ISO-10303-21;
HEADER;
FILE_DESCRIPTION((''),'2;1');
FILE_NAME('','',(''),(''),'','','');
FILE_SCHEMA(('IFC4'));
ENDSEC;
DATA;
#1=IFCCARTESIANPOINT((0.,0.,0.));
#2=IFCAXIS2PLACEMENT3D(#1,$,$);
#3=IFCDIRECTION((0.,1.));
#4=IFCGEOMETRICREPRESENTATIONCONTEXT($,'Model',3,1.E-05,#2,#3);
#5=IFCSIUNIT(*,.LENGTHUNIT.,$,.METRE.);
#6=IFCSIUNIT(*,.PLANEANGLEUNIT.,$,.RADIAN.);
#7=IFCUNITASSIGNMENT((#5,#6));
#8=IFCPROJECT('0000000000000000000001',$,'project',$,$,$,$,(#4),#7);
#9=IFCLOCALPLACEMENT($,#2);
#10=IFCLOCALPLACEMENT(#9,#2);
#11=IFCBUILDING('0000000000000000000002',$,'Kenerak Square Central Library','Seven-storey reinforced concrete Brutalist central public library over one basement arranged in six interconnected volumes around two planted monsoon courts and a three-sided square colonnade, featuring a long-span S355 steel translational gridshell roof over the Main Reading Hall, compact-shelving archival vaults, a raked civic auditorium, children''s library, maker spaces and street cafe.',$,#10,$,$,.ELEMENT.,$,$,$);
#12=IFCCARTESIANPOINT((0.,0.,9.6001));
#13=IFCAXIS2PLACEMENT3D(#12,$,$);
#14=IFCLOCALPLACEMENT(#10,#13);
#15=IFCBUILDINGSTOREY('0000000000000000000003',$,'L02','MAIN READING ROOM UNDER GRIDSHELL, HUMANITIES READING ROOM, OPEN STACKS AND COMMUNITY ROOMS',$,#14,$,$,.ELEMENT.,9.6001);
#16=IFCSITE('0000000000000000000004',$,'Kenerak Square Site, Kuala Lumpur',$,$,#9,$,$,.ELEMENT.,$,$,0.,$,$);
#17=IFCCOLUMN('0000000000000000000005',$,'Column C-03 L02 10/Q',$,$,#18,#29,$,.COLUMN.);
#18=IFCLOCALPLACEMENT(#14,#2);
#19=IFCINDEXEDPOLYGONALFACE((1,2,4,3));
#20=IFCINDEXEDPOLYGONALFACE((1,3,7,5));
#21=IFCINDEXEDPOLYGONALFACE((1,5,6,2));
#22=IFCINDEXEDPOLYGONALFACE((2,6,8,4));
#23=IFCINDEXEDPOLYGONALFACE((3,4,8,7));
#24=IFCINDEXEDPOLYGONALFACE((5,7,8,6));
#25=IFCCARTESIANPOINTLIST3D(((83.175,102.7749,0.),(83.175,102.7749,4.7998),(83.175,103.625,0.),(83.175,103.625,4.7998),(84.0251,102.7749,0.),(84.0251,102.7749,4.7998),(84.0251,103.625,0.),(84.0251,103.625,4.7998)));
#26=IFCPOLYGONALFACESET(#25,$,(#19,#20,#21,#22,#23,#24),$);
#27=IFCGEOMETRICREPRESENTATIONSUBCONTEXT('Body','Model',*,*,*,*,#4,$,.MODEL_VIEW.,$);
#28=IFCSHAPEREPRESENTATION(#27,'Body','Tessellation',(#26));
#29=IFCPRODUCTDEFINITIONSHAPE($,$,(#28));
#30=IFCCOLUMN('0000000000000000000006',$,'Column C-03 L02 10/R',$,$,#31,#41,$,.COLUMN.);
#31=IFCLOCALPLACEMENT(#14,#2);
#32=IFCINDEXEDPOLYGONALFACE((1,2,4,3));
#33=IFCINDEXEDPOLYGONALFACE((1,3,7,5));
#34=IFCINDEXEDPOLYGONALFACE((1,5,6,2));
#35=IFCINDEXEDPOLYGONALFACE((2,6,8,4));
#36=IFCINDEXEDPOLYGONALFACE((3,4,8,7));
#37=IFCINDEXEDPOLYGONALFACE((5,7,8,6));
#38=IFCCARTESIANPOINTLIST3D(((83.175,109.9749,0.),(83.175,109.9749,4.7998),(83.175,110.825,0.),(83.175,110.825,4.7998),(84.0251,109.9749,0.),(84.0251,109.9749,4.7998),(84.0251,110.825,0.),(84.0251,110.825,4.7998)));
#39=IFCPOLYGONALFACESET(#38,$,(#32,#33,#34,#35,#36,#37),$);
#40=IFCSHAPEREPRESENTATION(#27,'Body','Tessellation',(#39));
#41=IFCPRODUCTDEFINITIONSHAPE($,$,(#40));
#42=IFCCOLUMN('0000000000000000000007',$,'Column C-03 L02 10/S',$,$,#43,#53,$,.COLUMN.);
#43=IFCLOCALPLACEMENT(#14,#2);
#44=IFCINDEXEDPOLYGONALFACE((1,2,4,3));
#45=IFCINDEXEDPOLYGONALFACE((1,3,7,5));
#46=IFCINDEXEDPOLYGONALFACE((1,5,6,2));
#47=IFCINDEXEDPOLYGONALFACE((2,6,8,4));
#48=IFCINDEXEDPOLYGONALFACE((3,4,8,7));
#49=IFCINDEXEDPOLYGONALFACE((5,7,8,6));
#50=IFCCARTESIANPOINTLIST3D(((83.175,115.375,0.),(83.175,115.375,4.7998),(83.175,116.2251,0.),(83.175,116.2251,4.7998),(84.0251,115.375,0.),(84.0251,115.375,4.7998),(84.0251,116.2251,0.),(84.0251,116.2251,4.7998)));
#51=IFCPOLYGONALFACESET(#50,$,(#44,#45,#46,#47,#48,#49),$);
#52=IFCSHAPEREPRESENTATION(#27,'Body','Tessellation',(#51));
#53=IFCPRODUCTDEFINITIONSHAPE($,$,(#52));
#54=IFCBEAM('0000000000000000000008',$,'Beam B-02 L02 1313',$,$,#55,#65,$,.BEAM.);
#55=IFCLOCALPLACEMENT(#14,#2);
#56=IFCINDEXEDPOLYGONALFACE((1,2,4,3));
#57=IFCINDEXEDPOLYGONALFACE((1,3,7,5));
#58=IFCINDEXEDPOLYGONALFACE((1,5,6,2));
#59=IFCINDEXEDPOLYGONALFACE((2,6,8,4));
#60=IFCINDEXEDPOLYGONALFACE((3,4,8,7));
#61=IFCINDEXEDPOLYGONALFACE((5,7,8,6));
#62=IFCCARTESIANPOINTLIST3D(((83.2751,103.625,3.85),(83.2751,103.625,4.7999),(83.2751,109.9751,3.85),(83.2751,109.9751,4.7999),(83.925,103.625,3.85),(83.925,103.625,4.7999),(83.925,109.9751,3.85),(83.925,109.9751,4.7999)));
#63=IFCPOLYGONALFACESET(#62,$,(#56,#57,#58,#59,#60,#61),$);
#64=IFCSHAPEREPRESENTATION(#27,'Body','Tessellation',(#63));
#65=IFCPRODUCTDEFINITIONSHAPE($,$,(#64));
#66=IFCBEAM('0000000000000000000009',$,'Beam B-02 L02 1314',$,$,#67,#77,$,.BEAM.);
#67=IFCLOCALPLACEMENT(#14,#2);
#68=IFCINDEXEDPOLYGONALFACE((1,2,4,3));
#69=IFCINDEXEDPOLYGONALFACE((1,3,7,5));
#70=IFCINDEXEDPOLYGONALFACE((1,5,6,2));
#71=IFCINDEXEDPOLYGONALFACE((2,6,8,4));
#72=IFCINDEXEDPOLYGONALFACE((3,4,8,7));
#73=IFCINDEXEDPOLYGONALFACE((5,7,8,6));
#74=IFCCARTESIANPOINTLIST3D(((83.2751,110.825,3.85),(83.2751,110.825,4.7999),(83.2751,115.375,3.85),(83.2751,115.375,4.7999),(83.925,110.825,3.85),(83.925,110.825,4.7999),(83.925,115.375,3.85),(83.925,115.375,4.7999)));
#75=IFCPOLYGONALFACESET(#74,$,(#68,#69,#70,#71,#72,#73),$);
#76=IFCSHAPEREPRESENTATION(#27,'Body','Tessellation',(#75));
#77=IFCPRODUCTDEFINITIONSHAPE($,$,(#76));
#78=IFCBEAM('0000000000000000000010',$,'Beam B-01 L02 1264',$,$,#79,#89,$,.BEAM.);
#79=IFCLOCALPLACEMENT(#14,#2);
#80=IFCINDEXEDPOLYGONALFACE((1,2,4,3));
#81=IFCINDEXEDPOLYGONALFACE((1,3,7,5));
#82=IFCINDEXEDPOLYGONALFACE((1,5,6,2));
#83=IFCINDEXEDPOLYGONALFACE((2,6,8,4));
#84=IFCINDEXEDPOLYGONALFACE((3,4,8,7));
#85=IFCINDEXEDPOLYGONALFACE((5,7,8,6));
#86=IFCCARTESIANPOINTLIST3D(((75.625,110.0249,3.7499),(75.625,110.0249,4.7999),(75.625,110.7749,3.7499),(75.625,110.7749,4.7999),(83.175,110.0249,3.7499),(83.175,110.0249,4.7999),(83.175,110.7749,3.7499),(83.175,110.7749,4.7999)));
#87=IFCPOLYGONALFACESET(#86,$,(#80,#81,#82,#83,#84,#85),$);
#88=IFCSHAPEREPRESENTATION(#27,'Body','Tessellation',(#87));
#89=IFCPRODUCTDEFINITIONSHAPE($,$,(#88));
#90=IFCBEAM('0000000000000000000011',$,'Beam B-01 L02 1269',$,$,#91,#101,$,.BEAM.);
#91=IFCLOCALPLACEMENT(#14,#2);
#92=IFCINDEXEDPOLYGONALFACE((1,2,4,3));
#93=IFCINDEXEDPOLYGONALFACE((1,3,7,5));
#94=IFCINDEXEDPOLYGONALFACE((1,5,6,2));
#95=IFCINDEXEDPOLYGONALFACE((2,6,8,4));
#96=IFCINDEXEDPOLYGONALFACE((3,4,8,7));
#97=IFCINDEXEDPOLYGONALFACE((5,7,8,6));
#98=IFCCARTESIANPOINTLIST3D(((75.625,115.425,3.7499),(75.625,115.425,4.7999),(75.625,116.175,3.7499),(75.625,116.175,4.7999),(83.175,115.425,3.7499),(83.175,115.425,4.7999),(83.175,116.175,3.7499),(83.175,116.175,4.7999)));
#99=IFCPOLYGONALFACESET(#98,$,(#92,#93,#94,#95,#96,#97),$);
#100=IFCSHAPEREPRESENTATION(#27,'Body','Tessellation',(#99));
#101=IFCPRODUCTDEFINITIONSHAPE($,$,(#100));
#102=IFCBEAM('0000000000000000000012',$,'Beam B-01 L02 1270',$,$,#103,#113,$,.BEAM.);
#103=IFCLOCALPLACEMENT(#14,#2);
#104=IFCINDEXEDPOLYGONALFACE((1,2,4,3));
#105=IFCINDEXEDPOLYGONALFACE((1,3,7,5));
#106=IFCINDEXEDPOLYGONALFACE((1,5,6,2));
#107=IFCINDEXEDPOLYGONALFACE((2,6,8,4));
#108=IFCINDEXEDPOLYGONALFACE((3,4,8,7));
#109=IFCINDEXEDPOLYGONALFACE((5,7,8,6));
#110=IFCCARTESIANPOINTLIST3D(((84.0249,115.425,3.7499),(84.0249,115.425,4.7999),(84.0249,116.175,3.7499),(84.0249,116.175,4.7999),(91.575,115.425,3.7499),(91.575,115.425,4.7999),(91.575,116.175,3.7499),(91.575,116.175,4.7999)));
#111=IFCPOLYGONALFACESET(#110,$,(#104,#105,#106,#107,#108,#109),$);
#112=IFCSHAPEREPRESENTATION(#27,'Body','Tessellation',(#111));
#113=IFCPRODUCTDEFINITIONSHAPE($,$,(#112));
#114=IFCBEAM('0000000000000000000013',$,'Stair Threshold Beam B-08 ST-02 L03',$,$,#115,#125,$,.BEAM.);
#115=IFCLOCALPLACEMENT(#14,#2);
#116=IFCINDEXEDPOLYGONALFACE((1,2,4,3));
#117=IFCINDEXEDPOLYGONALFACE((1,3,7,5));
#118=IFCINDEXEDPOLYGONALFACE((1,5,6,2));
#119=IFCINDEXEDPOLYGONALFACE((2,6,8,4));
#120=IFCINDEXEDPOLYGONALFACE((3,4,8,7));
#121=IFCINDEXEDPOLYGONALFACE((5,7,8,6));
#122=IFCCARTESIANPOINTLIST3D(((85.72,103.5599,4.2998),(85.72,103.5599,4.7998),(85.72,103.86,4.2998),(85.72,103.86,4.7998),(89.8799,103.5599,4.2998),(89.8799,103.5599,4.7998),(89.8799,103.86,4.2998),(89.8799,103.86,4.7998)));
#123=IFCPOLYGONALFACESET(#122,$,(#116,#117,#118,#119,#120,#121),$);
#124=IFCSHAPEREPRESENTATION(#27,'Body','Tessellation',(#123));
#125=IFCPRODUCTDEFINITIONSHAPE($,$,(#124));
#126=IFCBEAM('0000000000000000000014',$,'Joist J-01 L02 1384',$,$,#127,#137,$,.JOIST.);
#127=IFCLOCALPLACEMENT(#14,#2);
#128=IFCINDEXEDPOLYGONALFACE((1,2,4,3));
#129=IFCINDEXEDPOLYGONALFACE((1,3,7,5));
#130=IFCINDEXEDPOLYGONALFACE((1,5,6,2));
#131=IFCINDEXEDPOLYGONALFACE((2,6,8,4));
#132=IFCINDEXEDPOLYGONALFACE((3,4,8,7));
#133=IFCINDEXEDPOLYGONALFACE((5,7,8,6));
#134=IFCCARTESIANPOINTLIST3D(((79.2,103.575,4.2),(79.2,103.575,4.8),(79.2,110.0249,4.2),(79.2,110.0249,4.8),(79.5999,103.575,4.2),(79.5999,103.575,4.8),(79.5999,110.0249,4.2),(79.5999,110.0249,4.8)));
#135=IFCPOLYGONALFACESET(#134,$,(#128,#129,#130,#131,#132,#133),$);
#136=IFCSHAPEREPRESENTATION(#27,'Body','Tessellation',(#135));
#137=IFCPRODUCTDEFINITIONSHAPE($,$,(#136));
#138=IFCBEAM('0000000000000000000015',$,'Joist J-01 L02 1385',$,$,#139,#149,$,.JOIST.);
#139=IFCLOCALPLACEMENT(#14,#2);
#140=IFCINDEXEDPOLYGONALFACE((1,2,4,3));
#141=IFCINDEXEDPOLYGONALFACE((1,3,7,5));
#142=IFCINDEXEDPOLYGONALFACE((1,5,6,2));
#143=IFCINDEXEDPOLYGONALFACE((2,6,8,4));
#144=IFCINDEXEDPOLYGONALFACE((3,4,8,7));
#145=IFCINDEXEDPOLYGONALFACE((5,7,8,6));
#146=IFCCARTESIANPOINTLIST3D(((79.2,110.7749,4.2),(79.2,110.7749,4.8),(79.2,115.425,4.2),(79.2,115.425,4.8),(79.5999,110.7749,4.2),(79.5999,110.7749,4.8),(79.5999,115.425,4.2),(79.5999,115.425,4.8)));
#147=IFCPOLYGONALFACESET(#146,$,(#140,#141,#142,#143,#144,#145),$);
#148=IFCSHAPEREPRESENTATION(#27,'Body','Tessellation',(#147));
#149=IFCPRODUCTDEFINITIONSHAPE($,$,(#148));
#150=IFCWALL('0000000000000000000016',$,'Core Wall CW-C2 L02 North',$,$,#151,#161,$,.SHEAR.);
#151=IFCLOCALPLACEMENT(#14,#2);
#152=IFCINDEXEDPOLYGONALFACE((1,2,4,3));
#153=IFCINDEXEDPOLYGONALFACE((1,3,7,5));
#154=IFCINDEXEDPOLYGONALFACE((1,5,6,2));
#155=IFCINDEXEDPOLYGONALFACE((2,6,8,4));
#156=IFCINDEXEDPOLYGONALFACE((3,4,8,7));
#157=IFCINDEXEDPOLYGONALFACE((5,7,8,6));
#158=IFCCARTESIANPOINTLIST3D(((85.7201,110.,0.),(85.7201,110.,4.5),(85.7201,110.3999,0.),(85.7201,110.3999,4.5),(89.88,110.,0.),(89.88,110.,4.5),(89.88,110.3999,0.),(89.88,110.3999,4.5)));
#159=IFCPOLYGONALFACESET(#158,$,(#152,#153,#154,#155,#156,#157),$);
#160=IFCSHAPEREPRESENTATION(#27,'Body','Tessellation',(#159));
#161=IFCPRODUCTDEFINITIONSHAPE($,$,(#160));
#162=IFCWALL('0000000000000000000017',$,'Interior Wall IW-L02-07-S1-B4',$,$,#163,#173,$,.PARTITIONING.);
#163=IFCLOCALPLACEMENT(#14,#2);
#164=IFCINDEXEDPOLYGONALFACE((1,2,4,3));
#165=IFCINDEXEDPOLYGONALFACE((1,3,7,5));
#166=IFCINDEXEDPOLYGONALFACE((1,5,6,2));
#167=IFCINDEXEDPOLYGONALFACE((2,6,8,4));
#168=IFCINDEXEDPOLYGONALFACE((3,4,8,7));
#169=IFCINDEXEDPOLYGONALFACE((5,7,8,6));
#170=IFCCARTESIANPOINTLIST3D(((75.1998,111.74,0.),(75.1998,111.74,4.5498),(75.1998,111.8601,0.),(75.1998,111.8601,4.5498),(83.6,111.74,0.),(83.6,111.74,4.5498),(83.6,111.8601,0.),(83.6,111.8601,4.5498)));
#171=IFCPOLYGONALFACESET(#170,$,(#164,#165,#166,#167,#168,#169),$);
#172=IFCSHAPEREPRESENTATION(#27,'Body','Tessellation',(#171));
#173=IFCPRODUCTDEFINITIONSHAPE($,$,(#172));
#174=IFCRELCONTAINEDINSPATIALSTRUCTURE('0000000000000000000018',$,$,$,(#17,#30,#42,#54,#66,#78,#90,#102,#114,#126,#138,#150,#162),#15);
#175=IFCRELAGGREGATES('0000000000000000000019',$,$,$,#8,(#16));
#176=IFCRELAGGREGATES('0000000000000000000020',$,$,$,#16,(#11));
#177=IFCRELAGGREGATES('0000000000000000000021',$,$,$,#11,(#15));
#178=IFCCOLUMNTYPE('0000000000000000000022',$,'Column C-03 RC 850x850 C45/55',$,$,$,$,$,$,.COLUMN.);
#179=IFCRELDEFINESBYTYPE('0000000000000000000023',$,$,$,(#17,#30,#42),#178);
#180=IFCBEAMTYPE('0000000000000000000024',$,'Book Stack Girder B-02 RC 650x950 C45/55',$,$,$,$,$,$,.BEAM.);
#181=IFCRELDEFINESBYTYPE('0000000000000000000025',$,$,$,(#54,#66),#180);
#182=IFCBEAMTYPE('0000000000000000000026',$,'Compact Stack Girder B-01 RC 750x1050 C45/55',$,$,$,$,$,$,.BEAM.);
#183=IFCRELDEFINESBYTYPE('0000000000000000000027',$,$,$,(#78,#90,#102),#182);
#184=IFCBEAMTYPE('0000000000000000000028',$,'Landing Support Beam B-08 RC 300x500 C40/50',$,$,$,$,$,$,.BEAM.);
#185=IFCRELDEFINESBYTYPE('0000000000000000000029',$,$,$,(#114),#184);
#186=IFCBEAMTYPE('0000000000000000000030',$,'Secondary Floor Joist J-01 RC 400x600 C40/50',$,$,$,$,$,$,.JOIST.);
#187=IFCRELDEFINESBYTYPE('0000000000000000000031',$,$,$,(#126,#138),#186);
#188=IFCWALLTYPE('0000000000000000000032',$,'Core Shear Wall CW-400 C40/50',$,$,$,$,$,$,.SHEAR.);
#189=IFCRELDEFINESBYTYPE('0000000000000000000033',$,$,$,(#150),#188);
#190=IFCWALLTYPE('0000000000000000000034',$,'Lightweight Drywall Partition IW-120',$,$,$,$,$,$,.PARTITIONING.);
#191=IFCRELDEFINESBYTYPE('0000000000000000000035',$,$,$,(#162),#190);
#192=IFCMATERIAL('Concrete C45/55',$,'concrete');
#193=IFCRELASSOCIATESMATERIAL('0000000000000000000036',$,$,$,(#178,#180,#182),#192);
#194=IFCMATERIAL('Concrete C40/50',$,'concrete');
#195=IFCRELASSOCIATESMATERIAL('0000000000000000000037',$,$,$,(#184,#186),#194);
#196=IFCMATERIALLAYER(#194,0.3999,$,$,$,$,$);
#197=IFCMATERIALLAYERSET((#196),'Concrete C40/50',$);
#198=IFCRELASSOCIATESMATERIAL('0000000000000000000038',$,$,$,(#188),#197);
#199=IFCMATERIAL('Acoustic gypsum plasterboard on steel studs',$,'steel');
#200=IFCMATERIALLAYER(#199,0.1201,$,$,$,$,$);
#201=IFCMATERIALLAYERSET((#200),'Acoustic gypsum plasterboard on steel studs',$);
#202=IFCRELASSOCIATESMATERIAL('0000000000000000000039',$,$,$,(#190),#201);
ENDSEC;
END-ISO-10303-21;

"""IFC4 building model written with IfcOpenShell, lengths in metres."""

from ifc_helpers import new_model, si_unit, direction, frame, frame_2d, origin, origin_2d, place, context, subcontext, project, spatial, rectangle, extrude, material, layer, layer_set, material_profile, profile_set, type_object, element, save


model = new_model("IFC4")

# Units and contexts
model_context = context("Model", 3, precision=1e-05, world=origin(), true_north=direction((0.0, 1.0)))
body_context = subcontext(model_context, "Body", "Model", "MODEL_VIEW")
ifc_project = project(units=[si_unit("LENGTHUNIT", "METRE"), si_unit("PLANEANGLEUNIT", "RADIAN")], contexts=[model_context])

# Site, building, storey
site_placement = place(None, origin())
site = spatial("IfcSite", under=ifc_project, at=site_placement, Name="Kenerak Square Site, Kuala Lumpur", CompositionType="ELEMENT", RefElevation=0.0)
building_placement = place(site_placement, origin())
building = spatial("IfcBuilding", under=site, at=building_placement, Name="Kenerak Square Central Library", Description="Seven-storey reinforced concrete Brutalist central public library over one basement arranged in six interconnected volumes around two planted monsoon courts and a three-sided square colonnade, featuring a long-span S355 steel translational gridshell roof over the Main Reading Hall, compact-shelving archival vaults, a raked civic auditorium, children's library, maker spaces and street cafe.", CompositionType="ELEMENT")
storey_placement = place(building_placement, frame((0.0, 0.0, 9.6001)))
storey = spatial("IfcBuildingStorey", under=building, at=storey_placement, Name="L02", Description="MAIN READING ROOM UNDER GRIDSHELL, HUMANITIES READING ROOM, OPEN STACKS AND COMMUNITY ROOMS", CompositionType="ELEMENT", Elevation=9.6001)

# Columns
ifc_material_1 = material(Name="Concrete C45/55", Category="concrete")
ifc_material_profile_1 = material_profile(ifc_material_1, rectangle(XDim=0.8501, YDim=0.8501, at=origin_2d()), Name="RC 850x850")
ifc_profile_set_1 = profile_set([ifc_material_profile_1], Name="Concrete C45/55")
column_type = type_object("IfcColumnType", Name="Column C-03 RC 850x850 C45/55", PredefinedType="COLUMN", material=ifc_profile_set_1)
for number, where, z_axis, x_axis, name in (
    (1, (83.6001, 103.2, 0.0), (0.0, 0.0, 1.0), (1.0, 0.0, 0.0), "Column C-03 L02 10/Q"),
    (2, (83.6001, 110.3999, 0.0), (0.0, 0.0, 1.0), (1.0, 0.0, 0.0), "Column C-03 L02 10/R"),
    (3, (83.6001, 115.8, 0.0), (0.0, 0.0, 1.0), (1.0, 0.0, 0.0), "Column C-03 L02 10/S"),
):
    element("IfcColumn", number, at=place(storey_placement, frame(where, z_axis=z_axis, x_axis=x_axis)), inside=storey, type_object=column_type, Name=name, PredefinedType="COLUMN", context=body_context, shape_type="SweptSolid", body=[
        extrude(rectangle(XDim=0.8501, YDim=0.8501, at=origin_2d()), origin(), (0.0, 0.0, 1.0), 4.7998),
    ])

# Beams
ifc_material_profile_2 = material_profile(ifc_material_1, rectangle(XDim=0.6499, YDim=0.95, at=origin_2d()), Name="RC 650x950")
ifc_profile_set_2 = profile_set([ifc_material_profile_2], Name="Concrete C45/55")
beam_type_1 = type_object("IfcBeamType", Name="Book Stack Girder B-02 RC 650x950 C45/55", PredefinedType="BEAM", material=ifc_profile_set_2)
beam_1_placement = place(storey_placement, frame((83.6001, 103.625, 4.325), z_axis=(0.0, 1.0, 0.0), x_axis=(-1.0, 0.0, 0.0)))
element("IfcBeam", 4, at=beam_1_placement, inside=storey, type_object=beam_type_1, Name="Beam B-02 L02 1313", PredefinedType="BEAM", context=body_context, shape_type="SweptSolid", body=[
    extrude(rectangle(XDim=0.6499, YDim=0.95, at=origin_2d()), origin(), (0.0, 0.0, 1.0), 6.3501),
])
beam_2_placement = place(storey_placement, frame((83.6001, 110.825, 4.325), z_axis=(0.0, 1.0, 0.0), x_axis=(-1.0, 0.0, 0.0)))
element("IfcBeam", 5, at=beam_2_placement, inside=storey, type_object=beam_type_1, Name="Beam B-02 L02 1314", PredefinedType="BEAM", context=body_context, shape_type="SweptSolid", body=[
    extrude(rectangle(XDim=0.6499, YDim=0.95, at=origin_2d()), origin(), (0.0, 0.0, 1.0), 4.55),
])
ifc_material_profile_3 = material_profile(ifc_material_1, rectangle(XDim=0.75, YDim=1.05, at=origin_2d()), Name="RC 750x1050")
ifc_profile_set_3 = profile_set([ifc_material_profile_3], Name="Concrete C45/55")
beam_type_2 = type_object("IfcBeamType", Name="Compact Stack Girder B-01 RC 750x1050 C45/55", PredefinedType="BEAM", material=ifc_profile_set_3)
for number, where, z_axis, x_axis, name in (
    (6, (75.625, 110.3999, 4.2749), (1.0, 0.0, 0.0), (0.0, 1.0, 0.0), "Beam B-01 L02 1264"),
    (7, (75.625, 115.8, 4.2749), (1.0, 0.0, 0.0), (0.0, 1.0, 0.0), "Beam B-01 L02 1269"),
    (8, (84.0249, 115.8, 4.2749), (1.0, 0.0, 0.0), (0.0, 1.0, 0.0), "Beam B-01 L02 1270"),
):
    element("IfcBeam", number, at=place(storey_placement, frame(where, z_axis=z_axis, x_axis=x_axis)), inside=storey, type_object=beam_type_2, Name=name, PredefinedType="BEAM", context=body_context, shape_type="SweptSolid", body=[
        extrude(rectangle(XDim=0.75, YDim=1.05, at=origin_2d()), origin(), (0.0, 0.0, 1.0), 7.55),
    ])
ifc_material_2 = material(Name="Concrete C40/50", Category="concrete")
ifc_material_profile_4 = material_profile(ifc_material_2, rectangle(XDim=0.3, YDim=0.5, at=origin_2d()), Name="RC 300x500")
ifc_profile_set_4 = profile_set([ifc_material_profile_4], Name="Concrete C40/50")
beam_type_3 = type_object("IfcBeamType", Name="Landing Support Beam B-08 RC 300x500 C40/50", PredefinedType="BEAM", material=ifc_profile_set_4)
beam_3_placement = place(storey_placement, frame((85.72, 103.71, 4.5498), z_axis=(1.0, 0.0, 0.0), x_axis=(0.0, 1.0, 0.0)))
element("IfcBeam", 9, at=beam_3_placement, inside=storey, type_object=beam_type_3, Name="Stair Threshold Beam B-08 ST-02 L03", PredefinedType="BEAM", context=body_context, shape_type="SweptSolid", body=[
    extrude(rectangle(XDim=0.3, YDim=0.5, at=origin_2d()), origin(), (0.0, 0.0, 1.0), 4.1599),
])
ifc_material_profile_5 = material_profile(ifc_material_2, rectangle(XDim=0.3999, YDim=0.6001, at=origin_2d()), Name="RC 400x600")
ifc_profile_set_5 = profile_set([ifc_material_profile_5], Name="Concrete C40/50")
beam_type_4 = type_object("IfcBeamType", Name="Secondary Floor Joist J-01 RC 400x600 C40/50", PredefinedType="JOIST", material=ifc_profile_set_5)
beam_4_placement = place(storey_placement, frame((79.3999, 103.575, 4.5), z_axis=(0.0, 1.0, 0.0), x_axis=(-1.0, 0.0, 0.0)))
element("IfcBeam", 10, at=beam_4_placement, inside=storey, type_object=beam_type_4, Name="Joist J-01 L02 1384", PredefinedType="JOIST", context=body_context, shape_type="SweptSolid", body=[
    extrude(rectangle(XDim=0.3999, YDim=0.6001, at=origin_2d()), origin(), (0.0, 0.0, 1.0), 6.45),
])
beam_5_placement = place(storey_placement, frame((79.3999, 110.7749, 4.5), z_axis=(0.0, 1.0, 0.0), x_axis=(-1.0, 0.0, 0.0)))
element("IfcBeam", 11, at=beam_5_placement, inside=storey, type_object=beam_type_4, Name="Joist J-01 L02 1385", PredefinedType="JOIST", context=body_context, shape_type="SweptSolid", body=[
    extrude(rectangle(XDim=0.3999, YDim=0.6001, at=origin_2d()), origin(), (0.0, 0.0, 1.0), 4.6501),
])

# Walls
ifc_layer_1 = layer(ifc_material_2, 0.3999)
ifc_layer_set_1 = layer_set([ifc_layer_1], Name="Concrete C40/50")
wall_type_1 = type_object("IfcWallType", Name="Core Shear Wall CW-400 C40/50", PredefinedType="SHEAR", material=ifc_layer_set_1)
wall_1_placement = place(storey_placement, frame((85.72, 110.2, 0.0), z_axis=(0.0, 0.0, 1.0), x_axis=(1.0, 0.0, 0.0)))
element("IfcWall", 12, at=wall_1_placement, inside=storey, type_object=wall_type_1, Name="Core Wall CW-C2 L02 North", PredefinedType="SHEAR", context=body_context, shape_type="SweptSolid", body=[
    extrude(rectangle(XDim=4.1599, YDim=0.3999, at=frame_2d((2.0801, 0.0))), origin(), (0.0, 0.0, 1.0), 4.5),
])
ifc_material_3 = material(Name="Acoustic gypsum plasterboard on steel studs", Category="steel")
ifc_layer_2 = layer(ifc_material_3, 0.1201)
ifc_layer_set_2 = layer_set([ifc_layer_2], Name="Acoustic gypsum plasterboard on steel studs")
wall_type_2 = type_object("IfcWallType", Name="Lightweight Drywall Partition IW-120", PredefinedType="PARTITIONING", material=ifc_layer_set_2)
wall_2_placement = place(storey_placement, frame((83.6001, 111.8, 0.0), z_axis=(0.0, 0.0, 1.0), x_axis=(-1.0, 0.0, 0.0)))
element("IfcWall", 13, at=wall_2_placement, inside=storey, type_object=wall_type_2, Name="Interior Wall IW-L02-07-S1-B4", PredefinedType="PARTITIONING", context=body_context, shape_type="SweptSolid", body=[
    extrude(rectangle(XDim=8.4001, YDim=0.1201, at=frame_2d((4.2002, 0.0))), origin(), (0.0, 0.0, 1.0), 4.5498),
])

save(model, "model.ifc")
